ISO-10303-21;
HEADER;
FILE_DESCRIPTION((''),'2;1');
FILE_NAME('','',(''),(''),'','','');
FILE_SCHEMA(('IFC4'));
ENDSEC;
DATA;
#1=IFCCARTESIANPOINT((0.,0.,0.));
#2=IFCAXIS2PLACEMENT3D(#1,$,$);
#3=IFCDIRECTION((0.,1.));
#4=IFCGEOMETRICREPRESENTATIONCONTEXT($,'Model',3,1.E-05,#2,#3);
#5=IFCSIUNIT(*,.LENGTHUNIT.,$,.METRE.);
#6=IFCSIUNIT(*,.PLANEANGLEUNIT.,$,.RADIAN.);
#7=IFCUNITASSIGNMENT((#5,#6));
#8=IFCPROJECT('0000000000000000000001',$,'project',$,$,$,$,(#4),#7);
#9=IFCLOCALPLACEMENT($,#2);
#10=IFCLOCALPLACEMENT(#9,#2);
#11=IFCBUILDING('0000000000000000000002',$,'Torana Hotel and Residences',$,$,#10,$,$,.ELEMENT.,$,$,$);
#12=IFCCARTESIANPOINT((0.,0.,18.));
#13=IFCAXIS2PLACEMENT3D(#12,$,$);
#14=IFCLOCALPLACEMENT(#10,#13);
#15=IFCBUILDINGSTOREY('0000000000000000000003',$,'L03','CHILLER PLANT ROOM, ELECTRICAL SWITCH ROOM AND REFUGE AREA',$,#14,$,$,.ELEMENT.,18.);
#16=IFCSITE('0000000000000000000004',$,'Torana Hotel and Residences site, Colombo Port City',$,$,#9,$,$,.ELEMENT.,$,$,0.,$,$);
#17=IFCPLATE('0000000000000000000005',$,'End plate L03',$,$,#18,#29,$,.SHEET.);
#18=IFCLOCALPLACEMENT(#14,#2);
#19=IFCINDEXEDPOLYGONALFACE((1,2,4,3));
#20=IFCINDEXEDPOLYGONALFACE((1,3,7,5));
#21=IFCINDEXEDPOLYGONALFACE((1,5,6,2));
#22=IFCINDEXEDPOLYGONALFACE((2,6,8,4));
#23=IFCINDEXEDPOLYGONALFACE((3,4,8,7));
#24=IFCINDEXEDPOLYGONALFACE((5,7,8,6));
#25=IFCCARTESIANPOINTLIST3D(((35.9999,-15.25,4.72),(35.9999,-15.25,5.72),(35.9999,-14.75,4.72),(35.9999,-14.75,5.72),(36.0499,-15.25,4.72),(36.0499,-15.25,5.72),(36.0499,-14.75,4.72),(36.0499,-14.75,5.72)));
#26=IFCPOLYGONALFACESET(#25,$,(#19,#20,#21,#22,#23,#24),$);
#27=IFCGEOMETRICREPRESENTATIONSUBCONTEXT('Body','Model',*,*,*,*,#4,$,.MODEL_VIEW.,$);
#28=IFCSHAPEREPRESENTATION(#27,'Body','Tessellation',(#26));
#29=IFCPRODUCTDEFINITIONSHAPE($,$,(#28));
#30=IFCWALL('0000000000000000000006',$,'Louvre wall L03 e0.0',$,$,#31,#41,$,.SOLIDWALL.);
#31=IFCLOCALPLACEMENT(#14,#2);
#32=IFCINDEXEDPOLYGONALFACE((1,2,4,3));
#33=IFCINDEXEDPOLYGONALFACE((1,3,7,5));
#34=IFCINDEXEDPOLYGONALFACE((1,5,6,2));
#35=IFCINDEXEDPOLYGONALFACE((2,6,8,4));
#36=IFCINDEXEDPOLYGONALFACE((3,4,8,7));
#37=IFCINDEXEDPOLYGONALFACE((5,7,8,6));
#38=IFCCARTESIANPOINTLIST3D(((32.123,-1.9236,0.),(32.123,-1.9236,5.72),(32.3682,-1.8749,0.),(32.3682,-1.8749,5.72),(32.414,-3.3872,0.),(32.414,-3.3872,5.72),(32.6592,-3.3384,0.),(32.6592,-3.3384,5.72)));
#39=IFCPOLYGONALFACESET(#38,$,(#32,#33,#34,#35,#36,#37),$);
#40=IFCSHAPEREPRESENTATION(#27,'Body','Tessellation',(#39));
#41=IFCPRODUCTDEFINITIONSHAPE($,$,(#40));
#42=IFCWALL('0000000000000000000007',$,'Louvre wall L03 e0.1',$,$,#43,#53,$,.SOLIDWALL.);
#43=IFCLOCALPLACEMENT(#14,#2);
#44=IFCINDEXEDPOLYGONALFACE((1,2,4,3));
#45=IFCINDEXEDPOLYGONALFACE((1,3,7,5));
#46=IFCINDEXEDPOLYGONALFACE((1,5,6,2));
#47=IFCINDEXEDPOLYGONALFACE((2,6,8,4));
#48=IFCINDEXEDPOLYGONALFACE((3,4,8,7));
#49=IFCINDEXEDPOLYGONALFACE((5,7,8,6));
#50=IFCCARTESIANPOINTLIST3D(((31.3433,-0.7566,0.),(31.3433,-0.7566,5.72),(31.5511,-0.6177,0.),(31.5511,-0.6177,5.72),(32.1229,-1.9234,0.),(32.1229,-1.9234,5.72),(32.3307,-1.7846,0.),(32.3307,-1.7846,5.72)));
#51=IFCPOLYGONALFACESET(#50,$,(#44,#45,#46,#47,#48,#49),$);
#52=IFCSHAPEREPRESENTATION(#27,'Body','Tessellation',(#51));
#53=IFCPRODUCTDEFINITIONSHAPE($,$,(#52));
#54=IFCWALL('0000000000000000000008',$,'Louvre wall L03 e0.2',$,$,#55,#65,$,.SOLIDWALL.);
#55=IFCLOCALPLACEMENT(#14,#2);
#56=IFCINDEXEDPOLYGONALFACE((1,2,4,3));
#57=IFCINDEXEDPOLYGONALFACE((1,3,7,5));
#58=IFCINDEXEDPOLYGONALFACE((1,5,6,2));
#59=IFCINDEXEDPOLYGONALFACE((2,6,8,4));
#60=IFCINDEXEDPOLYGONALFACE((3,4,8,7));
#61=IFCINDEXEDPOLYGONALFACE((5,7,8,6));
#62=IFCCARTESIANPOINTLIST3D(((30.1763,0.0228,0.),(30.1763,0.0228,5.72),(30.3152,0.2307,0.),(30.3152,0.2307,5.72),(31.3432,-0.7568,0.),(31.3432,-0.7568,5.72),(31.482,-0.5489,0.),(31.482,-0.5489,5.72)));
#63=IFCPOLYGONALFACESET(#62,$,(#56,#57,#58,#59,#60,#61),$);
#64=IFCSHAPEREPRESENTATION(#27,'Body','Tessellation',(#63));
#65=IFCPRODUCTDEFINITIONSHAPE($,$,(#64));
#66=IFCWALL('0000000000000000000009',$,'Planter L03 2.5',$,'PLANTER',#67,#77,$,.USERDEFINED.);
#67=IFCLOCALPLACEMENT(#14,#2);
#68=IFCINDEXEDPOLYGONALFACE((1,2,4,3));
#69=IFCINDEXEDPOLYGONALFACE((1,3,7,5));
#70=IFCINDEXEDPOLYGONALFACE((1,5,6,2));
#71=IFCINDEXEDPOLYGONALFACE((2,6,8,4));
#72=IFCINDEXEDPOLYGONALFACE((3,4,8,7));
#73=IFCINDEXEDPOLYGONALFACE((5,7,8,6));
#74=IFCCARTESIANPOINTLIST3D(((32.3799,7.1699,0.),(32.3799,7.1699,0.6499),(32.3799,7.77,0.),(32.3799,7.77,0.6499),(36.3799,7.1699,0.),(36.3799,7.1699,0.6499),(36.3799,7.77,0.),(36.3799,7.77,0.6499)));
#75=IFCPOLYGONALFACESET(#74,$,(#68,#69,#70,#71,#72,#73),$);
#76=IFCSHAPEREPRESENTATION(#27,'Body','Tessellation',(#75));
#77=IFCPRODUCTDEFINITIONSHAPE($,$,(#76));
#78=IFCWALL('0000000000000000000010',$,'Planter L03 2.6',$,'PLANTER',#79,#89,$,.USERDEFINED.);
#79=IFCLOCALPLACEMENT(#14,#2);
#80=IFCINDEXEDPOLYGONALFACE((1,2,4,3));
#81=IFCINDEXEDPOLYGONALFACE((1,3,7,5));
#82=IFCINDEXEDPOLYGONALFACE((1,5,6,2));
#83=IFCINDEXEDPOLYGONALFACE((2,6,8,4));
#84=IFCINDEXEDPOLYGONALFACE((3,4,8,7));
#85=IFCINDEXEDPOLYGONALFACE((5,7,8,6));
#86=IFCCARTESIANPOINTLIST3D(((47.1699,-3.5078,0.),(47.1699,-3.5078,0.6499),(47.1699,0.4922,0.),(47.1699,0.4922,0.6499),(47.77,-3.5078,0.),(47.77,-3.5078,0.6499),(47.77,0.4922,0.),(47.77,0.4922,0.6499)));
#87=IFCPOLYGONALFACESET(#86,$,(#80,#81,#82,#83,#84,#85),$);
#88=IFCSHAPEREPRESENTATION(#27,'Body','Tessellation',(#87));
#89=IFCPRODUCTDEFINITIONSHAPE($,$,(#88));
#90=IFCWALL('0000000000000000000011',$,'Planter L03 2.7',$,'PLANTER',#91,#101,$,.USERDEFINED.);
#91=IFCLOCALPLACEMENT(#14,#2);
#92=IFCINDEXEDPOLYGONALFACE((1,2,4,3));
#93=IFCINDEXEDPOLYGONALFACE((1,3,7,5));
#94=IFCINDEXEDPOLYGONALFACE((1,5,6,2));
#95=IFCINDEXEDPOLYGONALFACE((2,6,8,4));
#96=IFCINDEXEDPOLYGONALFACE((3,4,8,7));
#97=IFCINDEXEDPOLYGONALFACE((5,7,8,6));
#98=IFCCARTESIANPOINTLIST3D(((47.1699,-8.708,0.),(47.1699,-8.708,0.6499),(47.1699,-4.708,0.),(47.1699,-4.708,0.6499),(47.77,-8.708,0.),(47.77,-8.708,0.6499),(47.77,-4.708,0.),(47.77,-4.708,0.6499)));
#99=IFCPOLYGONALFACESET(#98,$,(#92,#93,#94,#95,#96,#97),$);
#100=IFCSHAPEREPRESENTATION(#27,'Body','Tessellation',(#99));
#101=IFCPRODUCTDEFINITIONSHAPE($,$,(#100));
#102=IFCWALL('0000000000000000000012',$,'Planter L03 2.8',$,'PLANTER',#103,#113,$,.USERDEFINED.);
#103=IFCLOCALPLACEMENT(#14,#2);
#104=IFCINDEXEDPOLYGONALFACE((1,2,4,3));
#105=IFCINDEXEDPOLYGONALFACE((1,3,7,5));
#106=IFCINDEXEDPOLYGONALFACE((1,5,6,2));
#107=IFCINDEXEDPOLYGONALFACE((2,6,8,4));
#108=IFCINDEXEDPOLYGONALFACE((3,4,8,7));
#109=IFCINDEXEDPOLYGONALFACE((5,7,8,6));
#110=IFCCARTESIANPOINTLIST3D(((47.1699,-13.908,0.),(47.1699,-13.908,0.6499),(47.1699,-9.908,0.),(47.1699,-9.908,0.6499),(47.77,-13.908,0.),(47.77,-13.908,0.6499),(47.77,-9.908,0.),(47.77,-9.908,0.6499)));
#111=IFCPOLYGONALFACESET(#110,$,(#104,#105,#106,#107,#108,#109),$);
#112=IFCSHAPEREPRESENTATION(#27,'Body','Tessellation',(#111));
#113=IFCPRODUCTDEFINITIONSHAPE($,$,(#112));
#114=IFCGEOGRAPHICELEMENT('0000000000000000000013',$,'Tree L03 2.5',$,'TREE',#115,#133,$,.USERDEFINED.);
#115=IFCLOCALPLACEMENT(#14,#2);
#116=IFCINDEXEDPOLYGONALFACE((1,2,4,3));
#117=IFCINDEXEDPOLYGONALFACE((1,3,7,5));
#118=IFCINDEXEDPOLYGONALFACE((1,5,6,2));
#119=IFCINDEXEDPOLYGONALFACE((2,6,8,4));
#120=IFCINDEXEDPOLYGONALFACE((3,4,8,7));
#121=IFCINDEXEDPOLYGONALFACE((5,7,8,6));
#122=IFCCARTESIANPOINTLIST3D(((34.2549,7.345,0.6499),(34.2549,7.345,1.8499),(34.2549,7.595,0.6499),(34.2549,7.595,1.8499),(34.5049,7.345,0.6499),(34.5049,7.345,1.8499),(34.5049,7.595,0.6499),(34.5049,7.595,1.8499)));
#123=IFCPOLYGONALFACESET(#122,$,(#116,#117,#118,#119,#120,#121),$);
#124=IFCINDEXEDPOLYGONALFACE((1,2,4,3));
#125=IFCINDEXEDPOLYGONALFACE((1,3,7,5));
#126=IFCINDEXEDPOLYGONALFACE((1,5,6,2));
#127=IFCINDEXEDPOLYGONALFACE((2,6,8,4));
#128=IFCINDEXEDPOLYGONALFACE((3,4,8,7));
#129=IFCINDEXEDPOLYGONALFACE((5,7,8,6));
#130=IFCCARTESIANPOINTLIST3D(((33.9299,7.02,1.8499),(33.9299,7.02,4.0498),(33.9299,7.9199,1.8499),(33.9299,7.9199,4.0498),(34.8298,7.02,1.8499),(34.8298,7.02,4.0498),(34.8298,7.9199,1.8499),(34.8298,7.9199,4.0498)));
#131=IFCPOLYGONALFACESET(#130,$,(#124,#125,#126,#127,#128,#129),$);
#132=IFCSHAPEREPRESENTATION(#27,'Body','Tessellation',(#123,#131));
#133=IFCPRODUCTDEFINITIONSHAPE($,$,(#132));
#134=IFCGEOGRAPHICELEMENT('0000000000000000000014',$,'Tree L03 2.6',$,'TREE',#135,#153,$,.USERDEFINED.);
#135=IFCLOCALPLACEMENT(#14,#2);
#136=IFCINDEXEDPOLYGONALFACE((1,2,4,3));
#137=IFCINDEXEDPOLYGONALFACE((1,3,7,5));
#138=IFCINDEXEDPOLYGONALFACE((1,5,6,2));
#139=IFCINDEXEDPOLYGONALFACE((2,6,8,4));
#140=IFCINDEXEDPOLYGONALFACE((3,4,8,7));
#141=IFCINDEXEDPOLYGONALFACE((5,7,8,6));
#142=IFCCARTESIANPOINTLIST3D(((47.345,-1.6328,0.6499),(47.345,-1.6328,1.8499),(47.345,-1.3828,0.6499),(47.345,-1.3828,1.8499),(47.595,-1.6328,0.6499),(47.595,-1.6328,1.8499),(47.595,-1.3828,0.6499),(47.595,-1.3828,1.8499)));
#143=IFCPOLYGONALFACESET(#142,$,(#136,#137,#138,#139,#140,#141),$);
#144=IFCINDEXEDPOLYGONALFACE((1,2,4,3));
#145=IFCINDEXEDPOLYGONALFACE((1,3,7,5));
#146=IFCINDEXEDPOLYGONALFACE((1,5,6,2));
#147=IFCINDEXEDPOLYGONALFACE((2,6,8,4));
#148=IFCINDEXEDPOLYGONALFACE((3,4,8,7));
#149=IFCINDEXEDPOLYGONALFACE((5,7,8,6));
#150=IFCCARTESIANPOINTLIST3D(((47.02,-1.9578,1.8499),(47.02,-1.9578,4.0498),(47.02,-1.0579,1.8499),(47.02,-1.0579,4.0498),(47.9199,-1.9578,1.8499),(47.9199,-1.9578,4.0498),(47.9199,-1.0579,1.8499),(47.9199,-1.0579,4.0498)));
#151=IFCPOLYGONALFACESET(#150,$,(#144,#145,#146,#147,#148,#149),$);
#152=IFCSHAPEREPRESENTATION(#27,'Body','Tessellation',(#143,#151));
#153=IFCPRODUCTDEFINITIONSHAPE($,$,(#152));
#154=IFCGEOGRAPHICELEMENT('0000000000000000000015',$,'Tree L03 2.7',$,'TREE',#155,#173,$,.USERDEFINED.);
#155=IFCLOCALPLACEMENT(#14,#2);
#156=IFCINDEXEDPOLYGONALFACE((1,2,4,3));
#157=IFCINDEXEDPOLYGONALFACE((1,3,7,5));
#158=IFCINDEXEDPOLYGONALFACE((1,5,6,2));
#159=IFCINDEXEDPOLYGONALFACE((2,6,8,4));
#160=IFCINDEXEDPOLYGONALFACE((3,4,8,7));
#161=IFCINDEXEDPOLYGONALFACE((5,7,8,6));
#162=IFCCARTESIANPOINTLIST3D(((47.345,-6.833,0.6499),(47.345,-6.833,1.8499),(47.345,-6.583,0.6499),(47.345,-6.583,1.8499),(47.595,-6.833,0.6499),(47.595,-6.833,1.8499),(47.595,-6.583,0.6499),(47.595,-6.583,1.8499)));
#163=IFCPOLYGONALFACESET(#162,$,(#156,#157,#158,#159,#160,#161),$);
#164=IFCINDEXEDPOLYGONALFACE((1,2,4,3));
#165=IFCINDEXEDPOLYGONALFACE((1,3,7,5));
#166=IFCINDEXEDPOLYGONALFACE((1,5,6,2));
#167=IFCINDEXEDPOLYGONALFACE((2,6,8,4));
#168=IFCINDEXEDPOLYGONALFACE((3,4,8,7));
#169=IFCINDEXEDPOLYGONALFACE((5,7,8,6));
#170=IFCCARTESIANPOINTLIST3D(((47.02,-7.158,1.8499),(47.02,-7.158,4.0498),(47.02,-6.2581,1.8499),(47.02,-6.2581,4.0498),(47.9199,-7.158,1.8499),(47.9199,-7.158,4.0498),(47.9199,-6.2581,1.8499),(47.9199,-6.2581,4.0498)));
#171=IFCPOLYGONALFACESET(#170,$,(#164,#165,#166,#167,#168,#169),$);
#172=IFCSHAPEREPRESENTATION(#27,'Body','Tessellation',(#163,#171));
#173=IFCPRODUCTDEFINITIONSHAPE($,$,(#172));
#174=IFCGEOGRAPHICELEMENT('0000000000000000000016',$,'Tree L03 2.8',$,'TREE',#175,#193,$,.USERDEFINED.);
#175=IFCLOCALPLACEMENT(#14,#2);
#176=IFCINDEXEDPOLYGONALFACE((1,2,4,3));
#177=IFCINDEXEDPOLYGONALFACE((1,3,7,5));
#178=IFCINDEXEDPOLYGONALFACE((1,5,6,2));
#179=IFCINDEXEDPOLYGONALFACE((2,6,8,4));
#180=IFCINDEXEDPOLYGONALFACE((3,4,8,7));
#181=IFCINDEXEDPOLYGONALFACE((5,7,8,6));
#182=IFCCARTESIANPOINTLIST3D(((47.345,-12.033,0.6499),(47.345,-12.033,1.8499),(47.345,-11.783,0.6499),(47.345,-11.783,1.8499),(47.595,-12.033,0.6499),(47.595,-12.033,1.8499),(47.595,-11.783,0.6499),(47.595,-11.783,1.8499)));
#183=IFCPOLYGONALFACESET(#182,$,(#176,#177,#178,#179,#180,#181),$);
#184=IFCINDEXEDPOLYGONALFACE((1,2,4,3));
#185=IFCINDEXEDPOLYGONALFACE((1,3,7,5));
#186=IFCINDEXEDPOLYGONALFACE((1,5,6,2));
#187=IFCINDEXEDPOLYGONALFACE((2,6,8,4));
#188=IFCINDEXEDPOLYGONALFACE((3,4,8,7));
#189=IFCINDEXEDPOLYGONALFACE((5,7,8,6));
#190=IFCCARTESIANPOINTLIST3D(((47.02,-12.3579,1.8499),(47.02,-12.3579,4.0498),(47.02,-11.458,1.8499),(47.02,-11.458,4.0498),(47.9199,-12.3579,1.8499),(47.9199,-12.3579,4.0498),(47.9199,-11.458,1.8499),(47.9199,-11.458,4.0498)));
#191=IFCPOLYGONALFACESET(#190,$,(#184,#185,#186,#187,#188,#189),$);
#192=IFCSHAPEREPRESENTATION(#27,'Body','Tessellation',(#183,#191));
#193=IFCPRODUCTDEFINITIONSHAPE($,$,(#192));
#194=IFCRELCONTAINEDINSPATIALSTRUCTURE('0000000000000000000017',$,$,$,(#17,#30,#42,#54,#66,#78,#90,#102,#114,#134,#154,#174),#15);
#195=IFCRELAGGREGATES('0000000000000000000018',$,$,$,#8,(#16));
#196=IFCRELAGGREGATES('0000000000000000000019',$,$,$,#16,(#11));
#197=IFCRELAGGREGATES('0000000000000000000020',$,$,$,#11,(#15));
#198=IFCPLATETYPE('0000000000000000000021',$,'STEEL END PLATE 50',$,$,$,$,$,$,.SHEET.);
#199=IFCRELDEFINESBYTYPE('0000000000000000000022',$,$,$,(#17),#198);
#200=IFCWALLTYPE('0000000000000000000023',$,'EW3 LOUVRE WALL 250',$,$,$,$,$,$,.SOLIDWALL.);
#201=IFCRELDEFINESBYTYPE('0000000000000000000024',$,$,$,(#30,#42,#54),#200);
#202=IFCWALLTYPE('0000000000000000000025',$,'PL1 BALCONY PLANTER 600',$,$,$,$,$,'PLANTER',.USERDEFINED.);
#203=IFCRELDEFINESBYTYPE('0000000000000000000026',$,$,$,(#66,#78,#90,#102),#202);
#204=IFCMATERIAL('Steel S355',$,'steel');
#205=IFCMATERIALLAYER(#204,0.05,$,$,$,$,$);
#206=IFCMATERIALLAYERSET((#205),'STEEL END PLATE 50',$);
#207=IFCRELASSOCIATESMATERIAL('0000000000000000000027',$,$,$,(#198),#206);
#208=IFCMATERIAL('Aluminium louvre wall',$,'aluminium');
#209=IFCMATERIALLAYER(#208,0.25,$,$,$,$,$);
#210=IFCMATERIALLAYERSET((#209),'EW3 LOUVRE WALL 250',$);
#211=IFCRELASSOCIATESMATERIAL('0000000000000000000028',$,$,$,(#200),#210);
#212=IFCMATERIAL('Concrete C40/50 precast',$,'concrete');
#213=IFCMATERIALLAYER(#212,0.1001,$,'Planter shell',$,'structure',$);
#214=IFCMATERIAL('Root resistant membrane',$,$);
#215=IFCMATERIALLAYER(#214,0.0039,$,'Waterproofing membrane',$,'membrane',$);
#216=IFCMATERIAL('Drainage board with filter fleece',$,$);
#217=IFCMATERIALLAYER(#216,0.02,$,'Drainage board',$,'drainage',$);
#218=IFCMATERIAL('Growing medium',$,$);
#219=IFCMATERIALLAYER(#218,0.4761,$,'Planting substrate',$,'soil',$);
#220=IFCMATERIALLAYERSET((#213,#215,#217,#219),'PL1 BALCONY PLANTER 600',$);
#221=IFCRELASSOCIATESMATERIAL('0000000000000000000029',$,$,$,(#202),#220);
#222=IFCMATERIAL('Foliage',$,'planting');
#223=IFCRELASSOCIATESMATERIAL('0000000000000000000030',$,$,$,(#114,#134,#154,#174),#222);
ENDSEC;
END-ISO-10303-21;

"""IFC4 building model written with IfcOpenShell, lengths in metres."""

from ifc_helpers import new_model, si_unit, direction, frame, frame_2d, origin, origin_2d, place, context, subcontext, project, spatial, rectangle, extrude, material, layer, layer_set, type_object, element, save


model = new_model("IFC4")

# Units and contexts
model_context = context("Model", 3, precision=1e-05, world=origin(), true_north=direction((0.0, 1.0)))
body_context = subcontext(model_context, "Body", "Model", "MODEL_VIEW")
ifc_project = project(units=[si_unit("LENGTHUNIT", "METRE"), si_unit("PLANEANGLEUNIT", "RADIAN")], contexts=[model_context])

# Site, building, storey
site_placement = place(None, origin())
site = spatial("IfcSite", under=ifc_project, at=site_placement, Name="Torana Hotel and Residences site, Colombo Port City", CompositionType="ELEMENT", RefElevation=0.0)
building_placement = place(site_placement, origin())
building = spatial("IfcBuilding", under=site, at=building_placement, Name="Torana Hotel and Residences", CompositionType="ELEMENT")
storey_placement = place(building_placement, frame((0.0, 0.0, 18.0)))
storey = spatial("IfcBuildingStorey", under=building, at=storey_placement, Name="L03", Description="CHILLER PLANT ROOM, ELECTRICAL SWITCH ROOM AND REFUGE AREA", CompositionType="ELEMENT", Elevation=18.0)

# Plate
ifc_material_1 = material(Name="Steel S355", Category="steel")
ifc_layer_1 = layer(ifc_material_1, 0.05)
ifc_layer_set_1 = layer_set([ifc_layer_1], Name="STEEL END PLATE 50")
plate_type = type_object("IfcPlateType", Name="STEEL END PLATE 50", PredefinedType="SHEET", material=ifc_layer_set_1)
for number, where, z_axis, x_axis, name in (
    (1, (36.0249, -15.0, 4.72), (0.0, 0.0, 1.0), (1.0, 0.0, 0.0), "End plate L03"),
):
    element("IfcPlate", number, at=place(storey_placement, frame(where, z_axis=z_axis, x_axis=x_axis)), inside=storey, type_object=plate_type, Name=name, PredefinedType="SHEET", context=body_context, shape_type="SweptSolid", body=[
        extrude(rectangle(XDim=0.05, YDim=0.5, at=origin_2d()), origin(), (0.0, 0.0, 1.0), 1.0),
    ])

# Walls
ifc_material_2 = material(Name="Aluminium louvre wall", Category="aluminium")
ifc_layer_2 = layer(ifc_material_2, 0.25)
ifc_layer_set_2 = layer_set([ifc_layer_2], Name="EW3 LOUVRE WALL 250")
wall_type_1 = type_object("IfcWallType", Name="EW3 LOUVRE WALL 250", PredefinedType="SOLIDWALL", material=ifc_layer_set_2)
wall_placement = place(storey_placement, frame((32.5366, -3.3628, 0.0), z_axis=(0.0, 0.0, 1.0), x_axis=(-0.195015, 0.9808, 0.0)))
element("IfcWall", 2, at=wall_placement, inside=storey, type_object=wall_type_1, Name="Louvre wall L03 e0.0", PredefinedType="SOLIDWALL", context=body_context, shape_type="SweptSolid", body=[
    extrude(rectangle(XDim=1.4922, YDim=0.25, at=frame_2d((0.7461, 0.0))), origin(), (0.0, 0.0, 1.0), 5.72),
])
for number, where, z_axis, x_axis, name in (
    (3, (32.2268, -1.854, 0.0), (0.0, 0.0, 1.0), (-0.555543, 0.831488, 0.0), "Louvre wall L03 e0.1"),
    (4, (31.4126, -0.6528, 0.0), (0.0, 0.0, 1.0), (-0.831488, 0.555543, 0.0), "Louvre wall L03 e0.2"),
):
    element("IfcWall", number, at=place(storey_placement, frame(where, z_axis=z_axis, x_axis=x_axis)), inside=storey, type_object=wall_type_1, Name=name, PredefinedType="SOLIDWALL", context=body_context, shape_type="SweptSolid", body=[
        extrude(rectangle(XDim=1.4033, YDim=0.25, at=frame_2d((0.7017, 0.0))), origin(), (0.0, 0.0, 1.0), 5.72),
    ])
ifc_material_3 = material(Name="Concrete C40/50 precast", Category="concrete")
ifc_layer_3 = layer(ifc_material_3, 0.1001, Name="Planter shell", Category="structure")
ifc_material_4 = material(Name="Root resistant membrane")
ifc_layer_4 = layer(ifc_material_4, 0.0039, Name="Waterproofing membrane", Category="membrane")
ifc_material_5 = material(Name="Drainage board with filter fleece")
ifc_layer_5 = layer(ifc_material_5, 0.02, Name="Drainage board", Category="drainage")
ifc_material_6 = material(Name="Growing medium")
ifc_layer_6 = layer(ifc_material_6, 0.4761, Name="Planting substrate", Category="soil")
ifc_layer_set_3 = layer_set([ifc_layer_3, ifc_layer_4, ifc_layer_5, ifc_layer_6], Name="PL1 BALCONY PLANTER 600")
wall_type_2 = type_object("IfcWallType", Name="PL1 BALCONY PLANTER 600", ElementType="PLANTER", PredefinedType="USERDEFINED", material=ifc_layer_set_3)
for number, where, z_axis, x_axis, name in (
    (5, (32.3799, 7.47, 0.0), (0.0, 0.0, 1.0), (1.0, 0.0, 0.0), "Planter L03 2.5"),
    (6, (47.47, 0.4922, 0.0), (0.0, 0.0, 1.0), (0.0, -1.0, 0.0), "Planter L03 2.6"),
    (7, (47.47, -4.708, 0.0), (0.0, 0.0, 1.0), (0.0, -1.0, 0.0), "Planter L03 2.7"),
    (8, (47.47, -9.908, 0.0), (0.0, 0.0, 1.0), (0.0, -1.0, 0.0), "Planter L03 2.8"),
):
    element("IfcWall", number, at=place(storey_placement, frame(where, z_axis=z_axis, x_axis=x_axis)), inside=storey, type_object=wall_type_2, Name=name, ObjectType="PLANTER", PredefinedType="USERDEFINED", context=body_context, shape_type="SweptSolid", body=[
        extrude(rectangle(XDim=4.0, YDim=0.6001, at=frame_2d((2.0, 0.0))), origin(), (0.0, 0.0, 1.0), 0.6499),
    ])

# Geographic elements
ifc_material_7 = material(Name="Foliage", Category="planting")
for number, where, z_axis, x_axis, name in (
    (9, (34.3799, 7.47, 0.6499), (0.0, 0.0, 1.0), (1.0, 0.0, 0.0), "Tree L03 2.5"),
    (10, (47.47, -1.5078, 0.6499), (0.0, 0.0, 1.0), (1.0, 0.0, 0.0), "Tree L03 2.6"),
    (11, (47.47, -6.708, 0.6499), (0.0, 0.0, 1.0), (1.0, 0.0, 0.0), "Tree L03 2.7"),
    (12, (47.47, -11.908, 0.6499), (0.0, 0.0, 1.0), (1.0, 0.0, 0.0), "Tree L03 2.8"),
):
    element("IfcGeographicElement", number, at=place(storey_placement, frame(where, z_axis=z_axis, x_axis=x_axis)), inside=storey, material=ifc_material_7, Name=name, ObjectType="TREE", PredefinedType="USERDEFINED", context=body_context, shape_type="SweptSolid", body=[
        extrude(rectangle(XDim=0.25, YDim=0.25, at=origin_2d()), origin(), (0.0, 0.0, 1.0), 1.2),
        extrude(rectangle(XDim=0.8999, YDim=0.8999, at=origin_2d()), frame((0.0, 0.0, 1.2)), (0.0, 0.0, 1.0), 2.2),
    ])

save(model, "model.ifc")
